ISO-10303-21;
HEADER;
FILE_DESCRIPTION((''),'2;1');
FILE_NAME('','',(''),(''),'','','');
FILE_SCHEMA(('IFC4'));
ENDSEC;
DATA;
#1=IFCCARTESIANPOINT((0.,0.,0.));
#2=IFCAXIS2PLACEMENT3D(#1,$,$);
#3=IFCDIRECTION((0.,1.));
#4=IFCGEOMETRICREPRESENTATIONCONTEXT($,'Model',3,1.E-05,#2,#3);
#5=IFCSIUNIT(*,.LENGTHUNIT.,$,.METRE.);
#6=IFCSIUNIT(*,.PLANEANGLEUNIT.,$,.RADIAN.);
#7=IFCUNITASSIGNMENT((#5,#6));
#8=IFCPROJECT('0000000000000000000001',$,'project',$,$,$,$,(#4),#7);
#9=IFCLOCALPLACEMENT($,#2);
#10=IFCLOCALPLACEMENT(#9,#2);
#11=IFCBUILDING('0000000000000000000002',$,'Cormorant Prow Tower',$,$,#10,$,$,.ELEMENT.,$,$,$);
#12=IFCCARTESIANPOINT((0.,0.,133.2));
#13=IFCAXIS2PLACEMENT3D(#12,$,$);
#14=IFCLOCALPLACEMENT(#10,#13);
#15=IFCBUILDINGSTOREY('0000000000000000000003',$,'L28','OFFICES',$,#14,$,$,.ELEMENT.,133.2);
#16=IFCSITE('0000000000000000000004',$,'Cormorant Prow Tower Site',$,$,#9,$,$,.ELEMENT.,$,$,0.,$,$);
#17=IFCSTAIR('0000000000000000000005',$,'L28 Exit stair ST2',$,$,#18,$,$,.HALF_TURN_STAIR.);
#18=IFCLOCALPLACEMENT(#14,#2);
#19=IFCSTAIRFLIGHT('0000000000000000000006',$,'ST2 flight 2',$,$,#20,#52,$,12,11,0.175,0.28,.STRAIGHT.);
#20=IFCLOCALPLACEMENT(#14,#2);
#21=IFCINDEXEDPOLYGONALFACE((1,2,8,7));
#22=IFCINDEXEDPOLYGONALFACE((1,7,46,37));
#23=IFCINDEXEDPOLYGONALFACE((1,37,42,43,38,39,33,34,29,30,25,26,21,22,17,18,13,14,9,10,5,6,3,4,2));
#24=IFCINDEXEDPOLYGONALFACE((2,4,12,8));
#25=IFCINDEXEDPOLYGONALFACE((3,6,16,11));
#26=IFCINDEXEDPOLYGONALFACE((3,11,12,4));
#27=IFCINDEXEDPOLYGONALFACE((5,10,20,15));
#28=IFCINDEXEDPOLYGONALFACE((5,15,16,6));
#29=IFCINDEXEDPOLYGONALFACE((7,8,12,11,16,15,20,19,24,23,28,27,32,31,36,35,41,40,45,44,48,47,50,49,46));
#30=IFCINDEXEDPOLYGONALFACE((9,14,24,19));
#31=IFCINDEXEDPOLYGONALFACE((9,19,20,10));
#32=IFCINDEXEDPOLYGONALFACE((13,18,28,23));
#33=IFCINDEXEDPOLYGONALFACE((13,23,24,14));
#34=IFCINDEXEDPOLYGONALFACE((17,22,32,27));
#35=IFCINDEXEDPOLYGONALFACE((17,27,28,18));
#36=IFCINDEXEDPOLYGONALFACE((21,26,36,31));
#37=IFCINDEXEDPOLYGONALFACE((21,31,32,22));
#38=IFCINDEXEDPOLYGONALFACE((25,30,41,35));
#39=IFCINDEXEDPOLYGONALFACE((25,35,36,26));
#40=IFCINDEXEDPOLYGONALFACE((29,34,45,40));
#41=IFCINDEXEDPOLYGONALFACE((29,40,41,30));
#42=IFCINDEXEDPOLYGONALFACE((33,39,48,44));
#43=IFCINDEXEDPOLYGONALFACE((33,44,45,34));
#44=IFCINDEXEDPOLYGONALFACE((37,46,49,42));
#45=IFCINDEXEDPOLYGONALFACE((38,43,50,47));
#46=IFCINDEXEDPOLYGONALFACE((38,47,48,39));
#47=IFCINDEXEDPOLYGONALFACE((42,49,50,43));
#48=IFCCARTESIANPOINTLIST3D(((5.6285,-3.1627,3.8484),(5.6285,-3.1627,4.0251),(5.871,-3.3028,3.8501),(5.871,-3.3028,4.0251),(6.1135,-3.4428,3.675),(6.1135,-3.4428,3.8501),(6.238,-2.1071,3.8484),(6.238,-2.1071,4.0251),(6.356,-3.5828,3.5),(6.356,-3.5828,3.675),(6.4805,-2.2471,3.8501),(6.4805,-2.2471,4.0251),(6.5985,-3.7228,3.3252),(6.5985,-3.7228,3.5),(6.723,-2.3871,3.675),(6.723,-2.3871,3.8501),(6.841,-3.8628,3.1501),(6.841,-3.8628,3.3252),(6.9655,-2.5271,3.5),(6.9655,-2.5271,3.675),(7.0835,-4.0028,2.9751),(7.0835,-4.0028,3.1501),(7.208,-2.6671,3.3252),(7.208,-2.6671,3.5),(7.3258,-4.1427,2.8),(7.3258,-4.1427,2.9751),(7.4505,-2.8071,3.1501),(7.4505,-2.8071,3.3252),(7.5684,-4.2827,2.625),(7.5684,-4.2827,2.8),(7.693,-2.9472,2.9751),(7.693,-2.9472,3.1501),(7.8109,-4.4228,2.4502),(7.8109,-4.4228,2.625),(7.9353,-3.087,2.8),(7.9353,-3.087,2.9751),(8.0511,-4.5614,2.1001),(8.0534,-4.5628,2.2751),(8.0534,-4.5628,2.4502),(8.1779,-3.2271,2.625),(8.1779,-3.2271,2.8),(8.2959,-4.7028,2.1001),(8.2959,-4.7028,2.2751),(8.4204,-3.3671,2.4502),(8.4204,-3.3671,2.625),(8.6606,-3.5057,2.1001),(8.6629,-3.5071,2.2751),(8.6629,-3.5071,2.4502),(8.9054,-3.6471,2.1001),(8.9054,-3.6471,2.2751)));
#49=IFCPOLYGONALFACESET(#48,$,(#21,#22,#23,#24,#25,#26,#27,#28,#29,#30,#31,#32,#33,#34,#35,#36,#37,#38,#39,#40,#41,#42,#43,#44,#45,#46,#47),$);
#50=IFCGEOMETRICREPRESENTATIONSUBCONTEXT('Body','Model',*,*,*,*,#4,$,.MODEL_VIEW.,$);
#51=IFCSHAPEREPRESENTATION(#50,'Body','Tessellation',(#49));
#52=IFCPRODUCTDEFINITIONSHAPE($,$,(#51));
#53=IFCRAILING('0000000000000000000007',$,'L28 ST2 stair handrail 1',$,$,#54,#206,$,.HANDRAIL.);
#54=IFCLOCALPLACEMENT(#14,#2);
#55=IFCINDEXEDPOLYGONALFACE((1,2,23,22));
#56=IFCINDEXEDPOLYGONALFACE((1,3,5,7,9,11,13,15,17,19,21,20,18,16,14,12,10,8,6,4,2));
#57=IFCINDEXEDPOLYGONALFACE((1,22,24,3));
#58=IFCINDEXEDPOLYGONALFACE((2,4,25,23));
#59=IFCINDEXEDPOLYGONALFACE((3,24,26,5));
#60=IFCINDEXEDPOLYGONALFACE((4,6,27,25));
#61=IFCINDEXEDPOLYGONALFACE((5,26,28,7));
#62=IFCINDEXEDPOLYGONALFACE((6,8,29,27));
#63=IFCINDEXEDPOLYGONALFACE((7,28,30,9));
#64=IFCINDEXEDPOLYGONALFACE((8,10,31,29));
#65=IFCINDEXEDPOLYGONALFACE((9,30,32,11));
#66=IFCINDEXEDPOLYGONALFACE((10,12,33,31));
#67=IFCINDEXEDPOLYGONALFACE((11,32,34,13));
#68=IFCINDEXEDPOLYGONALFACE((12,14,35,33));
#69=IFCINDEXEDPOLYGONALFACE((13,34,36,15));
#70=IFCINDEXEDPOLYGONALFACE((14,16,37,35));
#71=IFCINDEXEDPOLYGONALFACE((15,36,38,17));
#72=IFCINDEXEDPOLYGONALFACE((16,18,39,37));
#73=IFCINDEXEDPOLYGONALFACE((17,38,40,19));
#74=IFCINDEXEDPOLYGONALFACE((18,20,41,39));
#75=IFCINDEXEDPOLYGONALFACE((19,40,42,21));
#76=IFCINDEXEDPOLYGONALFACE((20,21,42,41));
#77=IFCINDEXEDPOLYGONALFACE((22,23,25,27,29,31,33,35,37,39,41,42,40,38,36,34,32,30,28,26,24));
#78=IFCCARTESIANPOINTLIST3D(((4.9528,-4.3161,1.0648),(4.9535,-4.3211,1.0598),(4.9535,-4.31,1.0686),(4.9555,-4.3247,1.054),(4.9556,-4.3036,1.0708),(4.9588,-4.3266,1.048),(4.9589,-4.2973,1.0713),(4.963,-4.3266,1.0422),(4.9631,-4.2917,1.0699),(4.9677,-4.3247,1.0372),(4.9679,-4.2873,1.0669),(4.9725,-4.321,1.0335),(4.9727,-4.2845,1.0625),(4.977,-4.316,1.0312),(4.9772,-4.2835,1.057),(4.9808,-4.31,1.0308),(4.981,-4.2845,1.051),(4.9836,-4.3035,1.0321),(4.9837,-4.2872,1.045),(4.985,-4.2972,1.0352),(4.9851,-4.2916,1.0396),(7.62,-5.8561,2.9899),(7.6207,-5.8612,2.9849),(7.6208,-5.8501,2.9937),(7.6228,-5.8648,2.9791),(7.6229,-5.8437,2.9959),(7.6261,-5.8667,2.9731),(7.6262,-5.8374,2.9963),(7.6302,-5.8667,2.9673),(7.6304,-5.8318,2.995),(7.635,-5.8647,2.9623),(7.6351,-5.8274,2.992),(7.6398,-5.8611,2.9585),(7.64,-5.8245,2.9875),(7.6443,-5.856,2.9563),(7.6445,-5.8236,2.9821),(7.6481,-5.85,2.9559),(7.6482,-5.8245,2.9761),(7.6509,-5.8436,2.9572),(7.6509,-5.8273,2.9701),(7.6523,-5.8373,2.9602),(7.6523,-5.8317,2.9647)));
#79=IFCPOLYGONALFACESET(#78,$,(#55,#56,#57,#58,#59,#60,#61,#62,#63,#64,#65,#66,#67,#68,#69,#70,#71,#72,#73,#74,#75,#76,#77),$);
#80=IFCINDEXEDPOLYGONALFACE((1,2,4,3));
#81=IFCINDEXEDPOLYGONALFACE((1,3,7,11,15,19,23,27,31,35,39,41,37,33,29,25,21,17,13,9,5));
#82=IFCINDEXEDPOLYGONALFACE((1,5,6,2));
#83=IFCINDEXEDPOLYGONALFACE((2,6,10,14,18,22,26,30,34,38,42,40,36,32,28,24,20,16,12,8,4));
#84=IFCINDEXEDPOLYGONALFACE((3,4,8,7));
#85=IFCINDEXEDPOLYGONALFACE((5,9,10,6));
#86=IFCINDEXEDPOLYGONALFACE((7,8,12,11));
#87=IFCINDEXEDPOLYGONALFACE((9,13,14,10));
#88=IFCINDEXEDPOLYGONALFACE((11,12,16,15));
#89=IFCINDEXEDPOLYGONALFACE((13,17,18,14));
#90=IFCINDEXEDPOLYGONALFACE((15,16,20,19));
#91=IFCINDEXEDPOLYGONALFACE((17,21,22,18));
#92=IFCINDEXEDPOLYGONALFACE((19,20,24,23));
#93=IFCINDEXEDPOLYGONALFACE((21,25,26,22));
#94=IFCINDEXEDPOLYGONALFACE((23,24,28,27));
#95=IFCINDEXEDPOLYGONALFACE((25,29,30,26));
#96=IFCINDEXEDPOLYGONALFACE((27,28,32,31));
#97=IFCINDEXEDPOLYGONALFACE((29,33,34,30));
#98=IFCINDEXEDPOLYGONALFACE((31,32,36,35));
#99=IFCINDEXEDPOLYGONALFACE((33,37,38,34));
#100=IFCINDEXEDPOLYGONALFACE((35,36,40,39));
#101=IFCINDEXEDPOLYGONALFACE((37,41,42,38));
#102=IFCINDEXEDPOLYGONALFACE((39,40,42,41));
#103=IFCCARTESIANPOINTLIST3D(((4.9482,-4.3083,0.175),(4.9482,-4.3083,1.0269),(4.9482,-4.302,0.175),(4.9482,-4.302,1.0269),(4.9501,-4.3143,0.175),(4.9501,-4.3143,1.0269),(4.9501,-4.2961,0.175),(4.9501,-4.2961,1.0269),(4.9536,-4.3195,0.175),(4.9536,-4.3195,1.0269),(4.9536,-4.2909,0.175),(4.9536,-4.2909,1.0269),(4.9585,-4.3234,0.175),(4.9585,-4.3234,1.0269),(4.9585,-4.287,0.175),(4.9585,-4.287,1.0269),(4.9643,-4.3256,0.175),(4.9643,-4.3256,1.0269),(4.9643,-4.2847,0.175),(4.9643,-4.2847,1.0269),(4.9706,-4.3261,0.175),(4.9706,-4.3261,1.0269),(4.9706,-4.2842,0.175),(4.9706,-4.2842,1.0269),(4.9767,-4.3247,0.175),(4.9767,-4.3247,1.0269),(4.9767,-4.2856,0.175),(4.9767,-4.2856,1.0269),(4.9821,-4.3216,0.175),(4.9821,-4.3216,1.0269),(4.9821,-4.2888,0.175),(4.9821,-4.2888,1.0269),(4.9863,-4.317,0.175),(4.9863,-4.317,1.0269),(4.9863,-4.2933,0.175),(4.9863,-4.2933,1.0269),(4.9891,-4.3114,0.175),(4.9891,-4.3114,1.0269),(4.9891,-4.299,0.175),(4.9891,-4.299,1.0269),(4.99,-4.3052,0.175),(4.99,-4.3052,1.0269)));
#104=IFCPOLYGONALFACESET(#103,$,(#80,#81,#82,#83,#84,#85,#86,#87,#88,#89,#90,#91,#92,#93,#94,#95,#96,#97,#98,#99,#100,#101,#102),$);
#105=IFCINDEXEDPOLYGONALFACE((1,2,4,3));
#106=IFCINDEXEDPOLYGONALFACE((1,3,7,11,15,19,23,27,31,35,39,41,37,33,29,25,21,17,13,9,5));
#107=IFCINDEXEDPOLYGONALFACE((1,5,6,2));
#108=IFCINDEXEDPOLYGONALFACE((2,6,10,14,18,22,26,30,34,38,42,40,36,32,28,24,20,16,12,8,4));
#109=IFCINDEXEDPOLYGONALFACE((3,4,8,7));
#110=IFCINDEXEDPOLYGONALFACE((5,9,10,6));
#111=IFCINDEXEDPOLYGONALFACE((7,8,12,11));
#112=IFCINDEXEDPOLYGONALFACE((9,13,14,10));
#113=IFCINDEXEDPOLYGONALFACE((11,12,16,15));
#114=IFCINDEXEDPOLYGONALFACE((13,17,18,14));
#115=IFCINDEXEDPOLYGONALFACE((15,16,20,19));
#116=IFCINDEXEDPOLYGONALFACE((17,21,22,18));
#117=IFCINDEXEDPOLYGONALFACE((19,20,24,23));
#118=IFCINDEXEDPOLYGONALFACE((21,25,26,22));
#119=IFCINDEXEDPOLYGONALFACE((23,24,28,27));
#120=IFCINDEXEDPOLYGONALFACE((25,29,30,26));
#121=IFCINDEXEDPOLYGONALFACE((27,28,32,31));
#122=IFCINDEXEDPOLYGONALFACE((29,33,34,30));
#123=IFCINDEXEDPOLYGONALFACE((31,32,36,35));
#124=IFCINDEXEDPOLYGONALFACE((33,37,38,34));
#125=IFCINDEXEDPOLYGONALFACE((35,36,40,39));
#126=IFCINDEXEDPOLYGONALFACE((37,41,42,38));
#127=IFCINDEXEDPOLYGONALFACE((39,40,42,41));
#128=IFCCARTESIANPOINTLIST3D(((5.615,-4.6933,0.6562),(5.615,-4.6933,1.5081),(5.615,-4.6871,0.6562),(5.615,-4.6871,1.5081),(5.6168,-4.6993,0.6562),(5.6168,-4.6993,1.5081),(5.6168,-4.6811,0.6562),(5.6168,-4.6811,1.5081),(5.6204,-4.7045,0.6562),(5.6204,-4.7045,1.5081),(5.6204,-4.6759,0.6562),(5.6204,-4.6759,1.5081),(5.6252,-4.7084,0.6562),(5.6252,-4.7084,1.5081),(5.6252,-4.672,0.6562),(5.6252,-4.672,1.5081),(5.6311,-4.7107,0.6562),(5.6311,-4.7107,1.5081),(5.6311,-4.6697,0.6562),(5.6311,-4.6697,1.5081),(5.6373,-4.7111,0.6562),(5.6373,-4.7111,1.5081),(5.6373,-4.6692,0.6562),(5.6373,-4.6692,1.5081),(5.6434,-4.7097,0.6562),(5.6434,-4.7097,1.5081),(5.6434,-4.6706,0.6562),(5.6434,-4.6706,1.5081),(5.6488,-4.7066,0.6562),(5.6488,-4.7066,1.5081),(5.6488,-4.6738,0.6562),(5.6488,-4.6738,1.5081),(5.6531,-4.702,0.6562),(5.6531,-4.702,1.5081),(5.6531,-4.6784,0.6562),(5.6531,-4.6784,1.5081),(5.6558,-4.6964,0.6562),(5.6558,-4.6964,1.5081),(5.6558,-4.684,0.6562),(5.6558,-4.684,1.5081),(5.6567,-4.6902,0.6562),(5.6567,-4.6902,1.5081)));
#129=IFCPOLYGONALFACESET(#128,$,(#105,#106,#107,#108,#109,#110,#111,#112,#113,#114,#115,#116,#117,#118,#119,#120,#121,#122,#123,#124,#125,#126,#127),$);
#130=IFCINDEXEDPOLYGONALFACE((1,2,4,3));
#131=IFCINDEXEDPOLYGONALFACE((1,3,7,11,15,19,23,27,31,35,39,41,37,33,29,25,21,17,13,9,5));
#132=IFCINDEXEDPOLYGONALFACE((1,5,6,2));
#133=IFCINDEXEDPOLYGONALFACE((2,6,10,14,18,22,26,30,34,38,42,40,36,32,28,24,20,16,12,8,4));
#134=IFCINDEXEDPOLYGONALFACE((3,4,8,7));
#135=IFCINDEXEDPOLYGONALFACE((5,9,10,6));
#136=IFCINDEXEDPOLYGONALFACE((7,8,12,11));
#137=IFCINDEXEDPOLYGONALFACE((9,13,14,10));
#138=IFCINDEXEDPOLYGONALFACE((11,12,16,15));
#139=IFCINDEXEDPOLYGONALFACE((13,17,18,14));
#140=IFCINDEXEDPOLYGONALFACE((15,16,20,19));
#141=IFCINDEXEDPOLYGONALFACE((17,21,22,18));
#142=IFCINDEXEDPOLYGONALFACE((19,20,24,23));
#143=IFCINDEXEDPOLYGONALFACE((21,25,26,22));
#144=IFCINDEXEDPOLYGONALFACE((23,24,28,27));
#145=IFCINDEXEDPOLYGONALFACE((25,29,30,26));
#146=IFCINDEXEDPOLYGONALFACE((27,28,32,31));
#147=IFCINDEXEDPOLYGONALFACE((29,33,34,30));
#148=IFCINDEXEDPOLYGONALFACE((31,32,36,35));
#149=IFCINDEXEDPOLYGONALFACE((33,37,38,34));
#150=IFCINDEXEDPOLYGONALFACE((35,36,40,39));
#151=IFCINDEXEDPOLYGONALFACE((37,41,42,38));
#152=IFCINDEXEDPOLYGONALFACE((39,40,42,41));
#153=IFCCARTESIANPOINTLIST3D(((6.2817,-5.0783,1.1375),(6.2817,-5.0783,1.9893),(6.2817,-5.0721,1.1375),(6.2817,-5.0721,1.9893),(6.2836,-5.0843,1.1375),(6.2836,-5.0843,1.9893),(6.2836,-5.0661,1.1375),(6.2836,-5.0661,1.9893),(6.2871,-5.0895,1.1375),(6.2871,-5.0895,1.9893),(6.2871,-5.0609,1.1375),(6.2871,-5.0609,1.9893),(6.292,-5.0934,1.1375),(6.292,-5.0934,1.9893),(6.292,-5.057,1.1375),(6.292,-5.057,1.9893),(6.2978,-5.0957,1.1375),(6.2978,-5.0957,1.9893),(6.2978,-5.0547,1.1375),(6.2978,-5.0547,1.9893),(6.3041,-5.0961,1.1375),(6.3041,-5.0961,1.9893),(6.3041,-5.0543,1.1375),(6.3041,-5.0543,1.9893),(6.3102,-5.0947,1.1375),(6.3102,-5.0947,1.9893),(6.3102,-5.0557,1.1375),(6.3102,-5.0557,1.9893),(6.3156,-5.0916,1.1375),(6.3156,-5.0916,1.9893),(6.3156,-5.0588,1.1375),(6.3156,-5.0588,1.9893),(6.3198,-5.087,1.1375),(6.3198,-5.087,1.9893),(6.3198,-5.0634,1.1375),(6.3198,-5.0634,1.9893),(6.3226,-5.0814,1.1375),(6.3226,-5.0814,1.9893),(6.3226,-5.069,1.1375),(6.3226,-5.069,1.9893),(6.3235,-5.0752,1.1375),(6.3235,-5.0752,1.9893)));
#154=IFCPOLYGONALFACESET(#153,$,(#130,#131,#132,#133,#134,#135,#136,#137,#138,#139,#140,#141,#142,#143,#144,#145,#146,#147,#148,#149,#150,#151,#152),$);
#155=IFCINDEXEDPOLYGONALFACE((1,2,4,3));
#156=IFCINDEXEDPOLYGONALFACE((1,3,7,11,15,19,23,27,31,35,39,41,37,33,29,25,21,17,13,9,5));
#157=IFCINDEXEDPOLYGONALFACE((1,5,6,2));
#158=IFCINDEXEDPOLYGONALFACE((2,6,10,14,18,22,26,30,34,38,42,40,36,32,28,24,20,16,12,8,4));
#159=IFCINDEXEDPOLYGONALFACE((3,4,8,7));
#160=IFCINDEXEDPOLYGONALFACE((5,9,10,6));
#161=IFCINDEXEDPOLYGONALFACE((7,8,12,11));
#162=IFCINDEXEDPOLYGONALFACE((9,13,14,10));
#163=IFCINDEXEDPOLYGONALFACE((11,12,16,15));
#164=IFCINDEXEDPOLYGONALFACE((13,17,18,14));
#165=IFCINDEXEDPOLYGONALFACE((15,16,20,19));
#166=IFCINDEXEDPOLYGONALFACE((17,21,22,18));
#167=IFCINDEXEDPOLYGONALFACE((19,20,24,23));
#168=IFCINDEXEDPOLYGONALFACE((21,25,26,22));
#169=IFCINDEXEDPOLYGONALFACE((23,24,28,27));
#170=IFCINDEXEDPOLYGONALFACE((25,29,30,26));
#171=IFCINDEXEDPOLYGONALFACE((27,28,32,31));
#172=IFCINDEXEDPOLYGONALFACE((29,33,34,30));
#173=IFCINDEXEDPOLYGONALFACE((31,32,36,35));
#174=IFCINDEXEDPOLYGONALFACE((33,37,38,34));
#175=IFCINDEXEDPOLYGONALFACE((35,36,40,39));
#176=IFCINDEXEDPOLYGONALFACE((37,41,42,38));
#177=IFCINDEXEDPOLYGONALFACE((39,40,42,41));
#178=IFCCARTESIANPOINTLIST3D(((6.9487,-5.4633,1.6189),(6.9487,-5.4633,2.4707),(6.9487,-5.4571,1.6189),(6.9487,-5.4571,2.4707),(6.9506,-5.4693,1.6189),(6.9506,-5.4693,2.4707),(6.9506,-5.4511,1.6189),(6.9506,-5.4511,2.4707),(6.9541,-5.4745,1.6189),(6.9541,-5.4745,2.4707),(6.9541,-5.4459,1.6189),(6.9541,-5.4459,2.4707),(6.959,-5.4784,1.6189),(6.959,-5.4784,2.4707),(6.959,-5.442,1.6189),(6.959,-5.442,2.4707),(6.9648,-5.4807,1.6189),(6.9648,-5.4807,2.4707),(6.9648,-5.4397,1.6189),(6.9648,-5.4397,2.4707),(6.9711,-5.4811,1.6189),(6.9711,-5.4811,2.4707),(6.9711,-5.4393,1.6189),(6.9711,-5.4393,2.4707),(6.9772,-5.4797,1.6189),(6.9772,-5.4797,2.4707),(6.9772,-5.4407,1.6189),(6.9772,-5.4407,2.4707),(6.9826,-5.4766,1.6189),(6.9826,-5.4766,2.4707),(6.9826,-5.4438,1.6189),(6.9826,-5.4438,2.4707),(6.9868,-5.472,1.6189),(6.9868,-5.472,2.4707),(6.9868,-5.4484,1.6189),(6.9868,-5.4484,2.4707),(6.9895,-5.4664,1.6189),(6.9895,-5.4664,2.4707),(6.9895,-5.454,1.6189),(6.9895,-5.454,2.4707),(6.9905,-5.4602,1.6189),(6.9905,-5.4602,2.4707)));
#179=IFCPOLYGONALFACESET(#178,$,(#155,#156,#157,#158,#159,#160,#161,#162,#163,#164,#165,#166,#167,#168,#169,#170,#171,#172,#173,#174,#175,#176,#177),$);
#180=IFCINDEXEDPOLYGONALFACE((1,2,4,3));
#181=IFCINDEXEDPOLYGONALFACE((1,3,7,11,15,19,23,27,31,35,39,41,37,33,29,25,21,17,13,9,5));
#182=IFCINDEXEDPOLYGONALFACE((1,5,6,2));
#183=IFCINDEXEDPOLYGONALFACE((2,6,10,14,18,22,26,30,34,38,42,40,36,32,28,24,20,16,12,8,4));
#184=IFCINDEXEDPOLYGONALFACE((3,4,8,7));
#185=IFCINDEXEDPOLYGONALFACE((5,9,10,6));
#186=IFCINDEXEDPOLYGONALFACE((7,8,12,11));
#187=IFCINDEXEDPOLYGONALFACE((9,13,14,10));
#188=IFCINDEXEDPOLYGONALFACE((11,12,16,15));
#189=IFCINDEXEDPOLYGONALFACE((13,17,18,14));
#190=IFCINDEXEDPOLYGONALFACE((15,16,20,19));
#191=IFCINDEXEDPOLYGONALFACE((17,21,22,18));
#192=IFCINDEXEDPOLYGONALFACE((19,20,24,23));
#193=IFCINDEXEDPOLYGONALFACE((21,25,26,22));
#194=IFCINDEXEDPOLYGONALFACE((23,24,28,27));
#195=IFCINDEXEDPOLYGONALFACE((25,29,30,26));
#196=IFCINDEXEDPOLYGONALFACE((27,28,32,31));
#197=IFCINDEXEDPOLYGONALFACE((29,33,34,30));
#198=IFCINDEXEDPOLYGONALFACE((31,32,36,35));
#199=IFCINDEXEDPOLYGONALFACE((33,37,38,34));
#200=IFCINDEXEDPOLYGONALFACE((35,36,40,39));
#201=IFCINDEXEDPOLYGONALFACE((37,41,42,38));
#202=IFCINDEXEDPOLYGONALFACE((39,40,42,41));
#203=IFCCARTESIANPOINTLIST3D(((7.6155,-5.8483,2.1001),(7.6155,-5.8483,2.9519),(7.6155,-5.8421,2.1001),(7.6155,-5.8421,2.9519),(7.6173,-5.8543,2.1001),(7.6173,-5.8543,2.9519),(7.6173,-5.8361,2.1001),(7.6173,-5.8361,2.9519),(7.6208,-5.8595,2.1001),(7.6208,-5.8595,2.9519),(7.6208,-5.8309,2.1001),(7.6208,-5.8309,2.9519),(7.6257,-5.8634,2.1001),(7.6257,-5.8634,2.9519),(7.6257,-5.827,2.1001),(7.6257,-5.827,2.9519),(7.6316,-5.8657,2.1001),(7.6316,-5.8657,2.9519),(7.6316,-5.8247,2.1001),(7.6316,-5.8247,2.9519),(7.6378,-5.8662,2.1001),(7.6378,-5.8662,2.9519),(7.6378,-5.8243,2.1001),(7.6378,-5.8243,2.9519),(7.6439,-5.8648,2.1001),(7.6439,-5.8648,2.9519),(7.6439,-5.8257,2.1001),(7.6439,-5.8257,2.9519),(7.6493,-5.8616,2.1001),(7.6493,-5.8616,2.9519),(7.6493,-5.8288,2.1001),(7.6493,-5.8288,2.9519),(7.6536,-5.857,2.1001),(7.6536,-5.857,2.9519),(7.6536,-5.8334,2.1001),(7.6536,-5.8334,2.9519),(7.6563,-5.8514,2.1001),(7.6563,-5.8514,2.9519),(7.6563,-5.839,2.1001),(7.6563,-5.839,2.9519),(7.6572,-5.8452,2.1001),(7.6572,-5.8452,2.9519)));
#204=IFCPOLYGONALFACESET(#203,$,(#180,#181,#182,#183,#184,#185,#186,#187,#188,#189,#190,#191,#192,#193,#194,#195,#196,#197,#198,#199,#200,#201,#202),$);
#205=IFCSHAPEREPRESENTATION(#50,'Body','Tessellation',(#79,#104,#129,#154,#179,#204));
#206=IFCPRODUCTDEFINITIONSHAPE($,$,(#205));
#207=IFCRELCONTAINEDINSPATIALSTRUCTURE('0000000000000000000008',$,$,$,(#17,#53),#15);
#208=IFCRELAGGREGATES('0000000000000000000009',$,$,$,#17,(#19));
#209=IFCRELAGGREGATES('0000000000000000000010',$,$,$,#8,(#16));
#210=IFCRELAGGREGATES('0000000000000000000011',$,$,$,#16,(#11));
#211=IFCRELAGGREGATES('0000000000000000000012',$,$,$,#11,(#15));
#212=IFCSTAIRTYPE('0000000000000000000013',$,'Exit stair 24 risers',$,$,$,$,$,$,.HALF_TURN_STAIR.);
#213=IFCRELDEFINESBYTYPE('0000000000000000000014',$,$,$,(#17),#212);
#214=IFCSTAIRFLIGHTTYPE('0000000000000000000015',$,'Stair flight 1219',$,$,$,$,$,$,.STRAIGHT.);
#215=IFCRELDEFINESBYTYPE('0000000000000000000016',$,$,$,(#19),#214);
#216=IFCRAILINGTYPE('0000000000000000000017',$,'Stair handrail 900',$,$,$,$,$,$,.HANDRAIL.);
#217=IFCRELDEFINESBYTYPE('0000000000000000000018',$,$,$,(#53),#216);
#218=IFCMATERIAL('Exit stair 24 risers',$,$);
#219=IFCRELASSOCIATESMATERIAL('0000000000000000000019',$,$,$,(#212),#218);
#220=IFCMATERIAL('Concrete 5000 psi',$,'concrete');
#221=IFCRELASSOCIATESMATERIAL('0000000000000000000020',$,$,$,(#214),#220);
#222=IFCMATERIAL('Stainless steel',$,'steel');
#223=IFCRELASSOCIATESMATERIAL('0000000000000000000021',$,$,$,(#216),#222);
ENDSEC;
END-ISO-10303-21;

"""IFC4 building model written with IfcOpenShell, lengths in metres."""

from ifc_helpers import new_model, si_unit, direction, frame, origin, origin_2d, place, context, subcontext, project, spatial, polyline, circle, outline, extrude, material, type_object, element, aggregate, save


model = new_model("IFC4")

# Units and contexts
model_context = context("Model", 3, precision=1e-05, world=origin(), true_north=direction((0.0, 1.0)))
body_context = subcontext(model_context, "Body", "Model", "MODEL_VIEW")
ifc_project = project(units=[si_unit("LENGTHUNIT", "METRE"), si_unit("PLANEANGLEUNIT", "RADIAN")], contexts=[model_context])

# Site, building, storey
site_placement = place(None, origin())
site = spatial("IfcSite", under=ifc_project, at=site_placement, Name="Cormorant Prow Tower Site", CompositionType="ELEMENT", RefElevation=0.0)
building_placement = place(site_placement, origin())
building = spatial("IfcBuilding", under=site, at=building_placement, Name="Cormorant Prow Tower", CompositionType="ELEMENT")
storey_placement = place(building_placement, frame((0.0, 0.0, 133.2)))
storey = spatial("IfcBuildingStorey", under=building, at=storey_placement, Name="L28", Description="OFFICES", CompositionType="ELEMENT", Elevation=133.2)

# Stair, stair flight
ifc_material_1 = material(Name="Exit stair 24 risers")
stair_type = type_object("IfcStairType", Name="Exit stair 24 risers", PredefinedType="HALF_TURN_STAIR", material=ifc_material_1)
stair_placement = place(storey_placement, origin())
stair = element("IfcStair", 1, at=stair_placement, inside=storey, type_object=stair_type, Name="L28 Exit stair ST2", PredefinedType="HALF_TURN_STAIR")
ifc_material_2 = material(Name="Concrete 5000 psi", Category="concrete")
stair_flight_type = type_object("IfcStairFlightType", Name="Stair flight 1219", PredefinedType="STRAIGHT", material=ifc_material_2)
stair_flight_1_placement = place(storey_placement, frame((8.6006, -4.175, 2.1001), z_axis=(0.0, 0.0, 1.0), x_axis=(-0.866025, 0.5, 0.0)))
stair_flight_1 = element("IfcStairFlight", 2, at=stair_flight_1_placement, type_object=stair_flight_type, Name="ST2 flight 2", NumberOfRisers=12, NumberOfTreads=11, PredefinedType="STRAIGHT", RiserHeight=0.175, TreadLength=0.28, context=body_context, shape_type="SweptSolid", body=[
    extrude(outline(polyline([(0.0, 0.0), (0.0, 0.175), (0.28, 0.175), (0.28, 0.3501), (0.5601, 0.3501), (0.5601, 0.5249), (0.8401, 0.5249), (0.8401, 0.7), (1.1201, 0.7), (1.1201, 0.875), (1.3999, 0.875), (1.3999, 1.05), (1.6799, 1.05), (1.6799, 1.2251), (1.96, 1.2251), (1.96, 1.3999), (2.24, 1.3999), (2.24, 1.575), (2.52, 1.575), (2.52, 1.75), (2.8, 1.75), (2.8, 1.925), (3.0801, 1.925), (3.0801, 2.1001), (3.0801, 1.7483), (0.2827, 0.0), (0.0, 0.0)])), frame((0.0, 0.6094, 0.0), z_axis=(0.0, -1.0, 0.0), x_axis=(1.0, 0.0, 0.0)), (0.0, 0.0, 1.0), 1.219),
])
aggregate(stair, [stair_flight_1])

# Railing
ifc_material_3 = material(Name="Stainless steel", Category="steel")
railing_type_1 = type_object("IfcRailingType", Name="Stair handrail 900", PredefinedType="HANDRAIL", material=ifc_material_3)
railing_1_placement = place(storey_placement, frame((4.969, -4.3052, 0.175)))
element("IfcRailing", 3, at=railing_1_placement, inside=storey, type_object=railing_type_1, Name="L28 ST2 stair handrail 1", PredefinedType="HANDRAIL", context=body_context, shape_type="SweptSolid", body=[
    extrude(circle(Radius=0.0239, at=origin_2d()), frame((0.0, 0.0, 0.876), z_axis=(0.734364, -0.424015, 0.530019), x_axis=(0.500027, 0.86601, 0.0)), (0.0, 0.0, 1.0), 3.6321),
    extrude(circle(Radius=0.021, at=origin_2d()), origin(), (0.0, 0.0, 1.0), 0.8518),
    extrude(circle(Radius=0.021, at=origin_2d()), frame((0.6667, -0.385, 0.4812)), (0.0, 0.0, 1.0), 0.8518),
    extrude(circle(Radius=0.021, at=origin_2d()), frame((1.3335, -0.77, 0.9624)), (0.0, 0.0, 1.0), 0.8518),
    extrude(circle(Radius=0.021, at=origin_2d()), frame((2.0005, -1.155, 1.4438)), (0.0, 0.0, 1.0), 0.8518),
    extrude(circle(Radius=0.021, at=origin_2d()), frame((2.6672, -1.54, 1.925)), (0.0, 0.0, 1.0), 0.8518),
])

save(model, "model.ifc")
